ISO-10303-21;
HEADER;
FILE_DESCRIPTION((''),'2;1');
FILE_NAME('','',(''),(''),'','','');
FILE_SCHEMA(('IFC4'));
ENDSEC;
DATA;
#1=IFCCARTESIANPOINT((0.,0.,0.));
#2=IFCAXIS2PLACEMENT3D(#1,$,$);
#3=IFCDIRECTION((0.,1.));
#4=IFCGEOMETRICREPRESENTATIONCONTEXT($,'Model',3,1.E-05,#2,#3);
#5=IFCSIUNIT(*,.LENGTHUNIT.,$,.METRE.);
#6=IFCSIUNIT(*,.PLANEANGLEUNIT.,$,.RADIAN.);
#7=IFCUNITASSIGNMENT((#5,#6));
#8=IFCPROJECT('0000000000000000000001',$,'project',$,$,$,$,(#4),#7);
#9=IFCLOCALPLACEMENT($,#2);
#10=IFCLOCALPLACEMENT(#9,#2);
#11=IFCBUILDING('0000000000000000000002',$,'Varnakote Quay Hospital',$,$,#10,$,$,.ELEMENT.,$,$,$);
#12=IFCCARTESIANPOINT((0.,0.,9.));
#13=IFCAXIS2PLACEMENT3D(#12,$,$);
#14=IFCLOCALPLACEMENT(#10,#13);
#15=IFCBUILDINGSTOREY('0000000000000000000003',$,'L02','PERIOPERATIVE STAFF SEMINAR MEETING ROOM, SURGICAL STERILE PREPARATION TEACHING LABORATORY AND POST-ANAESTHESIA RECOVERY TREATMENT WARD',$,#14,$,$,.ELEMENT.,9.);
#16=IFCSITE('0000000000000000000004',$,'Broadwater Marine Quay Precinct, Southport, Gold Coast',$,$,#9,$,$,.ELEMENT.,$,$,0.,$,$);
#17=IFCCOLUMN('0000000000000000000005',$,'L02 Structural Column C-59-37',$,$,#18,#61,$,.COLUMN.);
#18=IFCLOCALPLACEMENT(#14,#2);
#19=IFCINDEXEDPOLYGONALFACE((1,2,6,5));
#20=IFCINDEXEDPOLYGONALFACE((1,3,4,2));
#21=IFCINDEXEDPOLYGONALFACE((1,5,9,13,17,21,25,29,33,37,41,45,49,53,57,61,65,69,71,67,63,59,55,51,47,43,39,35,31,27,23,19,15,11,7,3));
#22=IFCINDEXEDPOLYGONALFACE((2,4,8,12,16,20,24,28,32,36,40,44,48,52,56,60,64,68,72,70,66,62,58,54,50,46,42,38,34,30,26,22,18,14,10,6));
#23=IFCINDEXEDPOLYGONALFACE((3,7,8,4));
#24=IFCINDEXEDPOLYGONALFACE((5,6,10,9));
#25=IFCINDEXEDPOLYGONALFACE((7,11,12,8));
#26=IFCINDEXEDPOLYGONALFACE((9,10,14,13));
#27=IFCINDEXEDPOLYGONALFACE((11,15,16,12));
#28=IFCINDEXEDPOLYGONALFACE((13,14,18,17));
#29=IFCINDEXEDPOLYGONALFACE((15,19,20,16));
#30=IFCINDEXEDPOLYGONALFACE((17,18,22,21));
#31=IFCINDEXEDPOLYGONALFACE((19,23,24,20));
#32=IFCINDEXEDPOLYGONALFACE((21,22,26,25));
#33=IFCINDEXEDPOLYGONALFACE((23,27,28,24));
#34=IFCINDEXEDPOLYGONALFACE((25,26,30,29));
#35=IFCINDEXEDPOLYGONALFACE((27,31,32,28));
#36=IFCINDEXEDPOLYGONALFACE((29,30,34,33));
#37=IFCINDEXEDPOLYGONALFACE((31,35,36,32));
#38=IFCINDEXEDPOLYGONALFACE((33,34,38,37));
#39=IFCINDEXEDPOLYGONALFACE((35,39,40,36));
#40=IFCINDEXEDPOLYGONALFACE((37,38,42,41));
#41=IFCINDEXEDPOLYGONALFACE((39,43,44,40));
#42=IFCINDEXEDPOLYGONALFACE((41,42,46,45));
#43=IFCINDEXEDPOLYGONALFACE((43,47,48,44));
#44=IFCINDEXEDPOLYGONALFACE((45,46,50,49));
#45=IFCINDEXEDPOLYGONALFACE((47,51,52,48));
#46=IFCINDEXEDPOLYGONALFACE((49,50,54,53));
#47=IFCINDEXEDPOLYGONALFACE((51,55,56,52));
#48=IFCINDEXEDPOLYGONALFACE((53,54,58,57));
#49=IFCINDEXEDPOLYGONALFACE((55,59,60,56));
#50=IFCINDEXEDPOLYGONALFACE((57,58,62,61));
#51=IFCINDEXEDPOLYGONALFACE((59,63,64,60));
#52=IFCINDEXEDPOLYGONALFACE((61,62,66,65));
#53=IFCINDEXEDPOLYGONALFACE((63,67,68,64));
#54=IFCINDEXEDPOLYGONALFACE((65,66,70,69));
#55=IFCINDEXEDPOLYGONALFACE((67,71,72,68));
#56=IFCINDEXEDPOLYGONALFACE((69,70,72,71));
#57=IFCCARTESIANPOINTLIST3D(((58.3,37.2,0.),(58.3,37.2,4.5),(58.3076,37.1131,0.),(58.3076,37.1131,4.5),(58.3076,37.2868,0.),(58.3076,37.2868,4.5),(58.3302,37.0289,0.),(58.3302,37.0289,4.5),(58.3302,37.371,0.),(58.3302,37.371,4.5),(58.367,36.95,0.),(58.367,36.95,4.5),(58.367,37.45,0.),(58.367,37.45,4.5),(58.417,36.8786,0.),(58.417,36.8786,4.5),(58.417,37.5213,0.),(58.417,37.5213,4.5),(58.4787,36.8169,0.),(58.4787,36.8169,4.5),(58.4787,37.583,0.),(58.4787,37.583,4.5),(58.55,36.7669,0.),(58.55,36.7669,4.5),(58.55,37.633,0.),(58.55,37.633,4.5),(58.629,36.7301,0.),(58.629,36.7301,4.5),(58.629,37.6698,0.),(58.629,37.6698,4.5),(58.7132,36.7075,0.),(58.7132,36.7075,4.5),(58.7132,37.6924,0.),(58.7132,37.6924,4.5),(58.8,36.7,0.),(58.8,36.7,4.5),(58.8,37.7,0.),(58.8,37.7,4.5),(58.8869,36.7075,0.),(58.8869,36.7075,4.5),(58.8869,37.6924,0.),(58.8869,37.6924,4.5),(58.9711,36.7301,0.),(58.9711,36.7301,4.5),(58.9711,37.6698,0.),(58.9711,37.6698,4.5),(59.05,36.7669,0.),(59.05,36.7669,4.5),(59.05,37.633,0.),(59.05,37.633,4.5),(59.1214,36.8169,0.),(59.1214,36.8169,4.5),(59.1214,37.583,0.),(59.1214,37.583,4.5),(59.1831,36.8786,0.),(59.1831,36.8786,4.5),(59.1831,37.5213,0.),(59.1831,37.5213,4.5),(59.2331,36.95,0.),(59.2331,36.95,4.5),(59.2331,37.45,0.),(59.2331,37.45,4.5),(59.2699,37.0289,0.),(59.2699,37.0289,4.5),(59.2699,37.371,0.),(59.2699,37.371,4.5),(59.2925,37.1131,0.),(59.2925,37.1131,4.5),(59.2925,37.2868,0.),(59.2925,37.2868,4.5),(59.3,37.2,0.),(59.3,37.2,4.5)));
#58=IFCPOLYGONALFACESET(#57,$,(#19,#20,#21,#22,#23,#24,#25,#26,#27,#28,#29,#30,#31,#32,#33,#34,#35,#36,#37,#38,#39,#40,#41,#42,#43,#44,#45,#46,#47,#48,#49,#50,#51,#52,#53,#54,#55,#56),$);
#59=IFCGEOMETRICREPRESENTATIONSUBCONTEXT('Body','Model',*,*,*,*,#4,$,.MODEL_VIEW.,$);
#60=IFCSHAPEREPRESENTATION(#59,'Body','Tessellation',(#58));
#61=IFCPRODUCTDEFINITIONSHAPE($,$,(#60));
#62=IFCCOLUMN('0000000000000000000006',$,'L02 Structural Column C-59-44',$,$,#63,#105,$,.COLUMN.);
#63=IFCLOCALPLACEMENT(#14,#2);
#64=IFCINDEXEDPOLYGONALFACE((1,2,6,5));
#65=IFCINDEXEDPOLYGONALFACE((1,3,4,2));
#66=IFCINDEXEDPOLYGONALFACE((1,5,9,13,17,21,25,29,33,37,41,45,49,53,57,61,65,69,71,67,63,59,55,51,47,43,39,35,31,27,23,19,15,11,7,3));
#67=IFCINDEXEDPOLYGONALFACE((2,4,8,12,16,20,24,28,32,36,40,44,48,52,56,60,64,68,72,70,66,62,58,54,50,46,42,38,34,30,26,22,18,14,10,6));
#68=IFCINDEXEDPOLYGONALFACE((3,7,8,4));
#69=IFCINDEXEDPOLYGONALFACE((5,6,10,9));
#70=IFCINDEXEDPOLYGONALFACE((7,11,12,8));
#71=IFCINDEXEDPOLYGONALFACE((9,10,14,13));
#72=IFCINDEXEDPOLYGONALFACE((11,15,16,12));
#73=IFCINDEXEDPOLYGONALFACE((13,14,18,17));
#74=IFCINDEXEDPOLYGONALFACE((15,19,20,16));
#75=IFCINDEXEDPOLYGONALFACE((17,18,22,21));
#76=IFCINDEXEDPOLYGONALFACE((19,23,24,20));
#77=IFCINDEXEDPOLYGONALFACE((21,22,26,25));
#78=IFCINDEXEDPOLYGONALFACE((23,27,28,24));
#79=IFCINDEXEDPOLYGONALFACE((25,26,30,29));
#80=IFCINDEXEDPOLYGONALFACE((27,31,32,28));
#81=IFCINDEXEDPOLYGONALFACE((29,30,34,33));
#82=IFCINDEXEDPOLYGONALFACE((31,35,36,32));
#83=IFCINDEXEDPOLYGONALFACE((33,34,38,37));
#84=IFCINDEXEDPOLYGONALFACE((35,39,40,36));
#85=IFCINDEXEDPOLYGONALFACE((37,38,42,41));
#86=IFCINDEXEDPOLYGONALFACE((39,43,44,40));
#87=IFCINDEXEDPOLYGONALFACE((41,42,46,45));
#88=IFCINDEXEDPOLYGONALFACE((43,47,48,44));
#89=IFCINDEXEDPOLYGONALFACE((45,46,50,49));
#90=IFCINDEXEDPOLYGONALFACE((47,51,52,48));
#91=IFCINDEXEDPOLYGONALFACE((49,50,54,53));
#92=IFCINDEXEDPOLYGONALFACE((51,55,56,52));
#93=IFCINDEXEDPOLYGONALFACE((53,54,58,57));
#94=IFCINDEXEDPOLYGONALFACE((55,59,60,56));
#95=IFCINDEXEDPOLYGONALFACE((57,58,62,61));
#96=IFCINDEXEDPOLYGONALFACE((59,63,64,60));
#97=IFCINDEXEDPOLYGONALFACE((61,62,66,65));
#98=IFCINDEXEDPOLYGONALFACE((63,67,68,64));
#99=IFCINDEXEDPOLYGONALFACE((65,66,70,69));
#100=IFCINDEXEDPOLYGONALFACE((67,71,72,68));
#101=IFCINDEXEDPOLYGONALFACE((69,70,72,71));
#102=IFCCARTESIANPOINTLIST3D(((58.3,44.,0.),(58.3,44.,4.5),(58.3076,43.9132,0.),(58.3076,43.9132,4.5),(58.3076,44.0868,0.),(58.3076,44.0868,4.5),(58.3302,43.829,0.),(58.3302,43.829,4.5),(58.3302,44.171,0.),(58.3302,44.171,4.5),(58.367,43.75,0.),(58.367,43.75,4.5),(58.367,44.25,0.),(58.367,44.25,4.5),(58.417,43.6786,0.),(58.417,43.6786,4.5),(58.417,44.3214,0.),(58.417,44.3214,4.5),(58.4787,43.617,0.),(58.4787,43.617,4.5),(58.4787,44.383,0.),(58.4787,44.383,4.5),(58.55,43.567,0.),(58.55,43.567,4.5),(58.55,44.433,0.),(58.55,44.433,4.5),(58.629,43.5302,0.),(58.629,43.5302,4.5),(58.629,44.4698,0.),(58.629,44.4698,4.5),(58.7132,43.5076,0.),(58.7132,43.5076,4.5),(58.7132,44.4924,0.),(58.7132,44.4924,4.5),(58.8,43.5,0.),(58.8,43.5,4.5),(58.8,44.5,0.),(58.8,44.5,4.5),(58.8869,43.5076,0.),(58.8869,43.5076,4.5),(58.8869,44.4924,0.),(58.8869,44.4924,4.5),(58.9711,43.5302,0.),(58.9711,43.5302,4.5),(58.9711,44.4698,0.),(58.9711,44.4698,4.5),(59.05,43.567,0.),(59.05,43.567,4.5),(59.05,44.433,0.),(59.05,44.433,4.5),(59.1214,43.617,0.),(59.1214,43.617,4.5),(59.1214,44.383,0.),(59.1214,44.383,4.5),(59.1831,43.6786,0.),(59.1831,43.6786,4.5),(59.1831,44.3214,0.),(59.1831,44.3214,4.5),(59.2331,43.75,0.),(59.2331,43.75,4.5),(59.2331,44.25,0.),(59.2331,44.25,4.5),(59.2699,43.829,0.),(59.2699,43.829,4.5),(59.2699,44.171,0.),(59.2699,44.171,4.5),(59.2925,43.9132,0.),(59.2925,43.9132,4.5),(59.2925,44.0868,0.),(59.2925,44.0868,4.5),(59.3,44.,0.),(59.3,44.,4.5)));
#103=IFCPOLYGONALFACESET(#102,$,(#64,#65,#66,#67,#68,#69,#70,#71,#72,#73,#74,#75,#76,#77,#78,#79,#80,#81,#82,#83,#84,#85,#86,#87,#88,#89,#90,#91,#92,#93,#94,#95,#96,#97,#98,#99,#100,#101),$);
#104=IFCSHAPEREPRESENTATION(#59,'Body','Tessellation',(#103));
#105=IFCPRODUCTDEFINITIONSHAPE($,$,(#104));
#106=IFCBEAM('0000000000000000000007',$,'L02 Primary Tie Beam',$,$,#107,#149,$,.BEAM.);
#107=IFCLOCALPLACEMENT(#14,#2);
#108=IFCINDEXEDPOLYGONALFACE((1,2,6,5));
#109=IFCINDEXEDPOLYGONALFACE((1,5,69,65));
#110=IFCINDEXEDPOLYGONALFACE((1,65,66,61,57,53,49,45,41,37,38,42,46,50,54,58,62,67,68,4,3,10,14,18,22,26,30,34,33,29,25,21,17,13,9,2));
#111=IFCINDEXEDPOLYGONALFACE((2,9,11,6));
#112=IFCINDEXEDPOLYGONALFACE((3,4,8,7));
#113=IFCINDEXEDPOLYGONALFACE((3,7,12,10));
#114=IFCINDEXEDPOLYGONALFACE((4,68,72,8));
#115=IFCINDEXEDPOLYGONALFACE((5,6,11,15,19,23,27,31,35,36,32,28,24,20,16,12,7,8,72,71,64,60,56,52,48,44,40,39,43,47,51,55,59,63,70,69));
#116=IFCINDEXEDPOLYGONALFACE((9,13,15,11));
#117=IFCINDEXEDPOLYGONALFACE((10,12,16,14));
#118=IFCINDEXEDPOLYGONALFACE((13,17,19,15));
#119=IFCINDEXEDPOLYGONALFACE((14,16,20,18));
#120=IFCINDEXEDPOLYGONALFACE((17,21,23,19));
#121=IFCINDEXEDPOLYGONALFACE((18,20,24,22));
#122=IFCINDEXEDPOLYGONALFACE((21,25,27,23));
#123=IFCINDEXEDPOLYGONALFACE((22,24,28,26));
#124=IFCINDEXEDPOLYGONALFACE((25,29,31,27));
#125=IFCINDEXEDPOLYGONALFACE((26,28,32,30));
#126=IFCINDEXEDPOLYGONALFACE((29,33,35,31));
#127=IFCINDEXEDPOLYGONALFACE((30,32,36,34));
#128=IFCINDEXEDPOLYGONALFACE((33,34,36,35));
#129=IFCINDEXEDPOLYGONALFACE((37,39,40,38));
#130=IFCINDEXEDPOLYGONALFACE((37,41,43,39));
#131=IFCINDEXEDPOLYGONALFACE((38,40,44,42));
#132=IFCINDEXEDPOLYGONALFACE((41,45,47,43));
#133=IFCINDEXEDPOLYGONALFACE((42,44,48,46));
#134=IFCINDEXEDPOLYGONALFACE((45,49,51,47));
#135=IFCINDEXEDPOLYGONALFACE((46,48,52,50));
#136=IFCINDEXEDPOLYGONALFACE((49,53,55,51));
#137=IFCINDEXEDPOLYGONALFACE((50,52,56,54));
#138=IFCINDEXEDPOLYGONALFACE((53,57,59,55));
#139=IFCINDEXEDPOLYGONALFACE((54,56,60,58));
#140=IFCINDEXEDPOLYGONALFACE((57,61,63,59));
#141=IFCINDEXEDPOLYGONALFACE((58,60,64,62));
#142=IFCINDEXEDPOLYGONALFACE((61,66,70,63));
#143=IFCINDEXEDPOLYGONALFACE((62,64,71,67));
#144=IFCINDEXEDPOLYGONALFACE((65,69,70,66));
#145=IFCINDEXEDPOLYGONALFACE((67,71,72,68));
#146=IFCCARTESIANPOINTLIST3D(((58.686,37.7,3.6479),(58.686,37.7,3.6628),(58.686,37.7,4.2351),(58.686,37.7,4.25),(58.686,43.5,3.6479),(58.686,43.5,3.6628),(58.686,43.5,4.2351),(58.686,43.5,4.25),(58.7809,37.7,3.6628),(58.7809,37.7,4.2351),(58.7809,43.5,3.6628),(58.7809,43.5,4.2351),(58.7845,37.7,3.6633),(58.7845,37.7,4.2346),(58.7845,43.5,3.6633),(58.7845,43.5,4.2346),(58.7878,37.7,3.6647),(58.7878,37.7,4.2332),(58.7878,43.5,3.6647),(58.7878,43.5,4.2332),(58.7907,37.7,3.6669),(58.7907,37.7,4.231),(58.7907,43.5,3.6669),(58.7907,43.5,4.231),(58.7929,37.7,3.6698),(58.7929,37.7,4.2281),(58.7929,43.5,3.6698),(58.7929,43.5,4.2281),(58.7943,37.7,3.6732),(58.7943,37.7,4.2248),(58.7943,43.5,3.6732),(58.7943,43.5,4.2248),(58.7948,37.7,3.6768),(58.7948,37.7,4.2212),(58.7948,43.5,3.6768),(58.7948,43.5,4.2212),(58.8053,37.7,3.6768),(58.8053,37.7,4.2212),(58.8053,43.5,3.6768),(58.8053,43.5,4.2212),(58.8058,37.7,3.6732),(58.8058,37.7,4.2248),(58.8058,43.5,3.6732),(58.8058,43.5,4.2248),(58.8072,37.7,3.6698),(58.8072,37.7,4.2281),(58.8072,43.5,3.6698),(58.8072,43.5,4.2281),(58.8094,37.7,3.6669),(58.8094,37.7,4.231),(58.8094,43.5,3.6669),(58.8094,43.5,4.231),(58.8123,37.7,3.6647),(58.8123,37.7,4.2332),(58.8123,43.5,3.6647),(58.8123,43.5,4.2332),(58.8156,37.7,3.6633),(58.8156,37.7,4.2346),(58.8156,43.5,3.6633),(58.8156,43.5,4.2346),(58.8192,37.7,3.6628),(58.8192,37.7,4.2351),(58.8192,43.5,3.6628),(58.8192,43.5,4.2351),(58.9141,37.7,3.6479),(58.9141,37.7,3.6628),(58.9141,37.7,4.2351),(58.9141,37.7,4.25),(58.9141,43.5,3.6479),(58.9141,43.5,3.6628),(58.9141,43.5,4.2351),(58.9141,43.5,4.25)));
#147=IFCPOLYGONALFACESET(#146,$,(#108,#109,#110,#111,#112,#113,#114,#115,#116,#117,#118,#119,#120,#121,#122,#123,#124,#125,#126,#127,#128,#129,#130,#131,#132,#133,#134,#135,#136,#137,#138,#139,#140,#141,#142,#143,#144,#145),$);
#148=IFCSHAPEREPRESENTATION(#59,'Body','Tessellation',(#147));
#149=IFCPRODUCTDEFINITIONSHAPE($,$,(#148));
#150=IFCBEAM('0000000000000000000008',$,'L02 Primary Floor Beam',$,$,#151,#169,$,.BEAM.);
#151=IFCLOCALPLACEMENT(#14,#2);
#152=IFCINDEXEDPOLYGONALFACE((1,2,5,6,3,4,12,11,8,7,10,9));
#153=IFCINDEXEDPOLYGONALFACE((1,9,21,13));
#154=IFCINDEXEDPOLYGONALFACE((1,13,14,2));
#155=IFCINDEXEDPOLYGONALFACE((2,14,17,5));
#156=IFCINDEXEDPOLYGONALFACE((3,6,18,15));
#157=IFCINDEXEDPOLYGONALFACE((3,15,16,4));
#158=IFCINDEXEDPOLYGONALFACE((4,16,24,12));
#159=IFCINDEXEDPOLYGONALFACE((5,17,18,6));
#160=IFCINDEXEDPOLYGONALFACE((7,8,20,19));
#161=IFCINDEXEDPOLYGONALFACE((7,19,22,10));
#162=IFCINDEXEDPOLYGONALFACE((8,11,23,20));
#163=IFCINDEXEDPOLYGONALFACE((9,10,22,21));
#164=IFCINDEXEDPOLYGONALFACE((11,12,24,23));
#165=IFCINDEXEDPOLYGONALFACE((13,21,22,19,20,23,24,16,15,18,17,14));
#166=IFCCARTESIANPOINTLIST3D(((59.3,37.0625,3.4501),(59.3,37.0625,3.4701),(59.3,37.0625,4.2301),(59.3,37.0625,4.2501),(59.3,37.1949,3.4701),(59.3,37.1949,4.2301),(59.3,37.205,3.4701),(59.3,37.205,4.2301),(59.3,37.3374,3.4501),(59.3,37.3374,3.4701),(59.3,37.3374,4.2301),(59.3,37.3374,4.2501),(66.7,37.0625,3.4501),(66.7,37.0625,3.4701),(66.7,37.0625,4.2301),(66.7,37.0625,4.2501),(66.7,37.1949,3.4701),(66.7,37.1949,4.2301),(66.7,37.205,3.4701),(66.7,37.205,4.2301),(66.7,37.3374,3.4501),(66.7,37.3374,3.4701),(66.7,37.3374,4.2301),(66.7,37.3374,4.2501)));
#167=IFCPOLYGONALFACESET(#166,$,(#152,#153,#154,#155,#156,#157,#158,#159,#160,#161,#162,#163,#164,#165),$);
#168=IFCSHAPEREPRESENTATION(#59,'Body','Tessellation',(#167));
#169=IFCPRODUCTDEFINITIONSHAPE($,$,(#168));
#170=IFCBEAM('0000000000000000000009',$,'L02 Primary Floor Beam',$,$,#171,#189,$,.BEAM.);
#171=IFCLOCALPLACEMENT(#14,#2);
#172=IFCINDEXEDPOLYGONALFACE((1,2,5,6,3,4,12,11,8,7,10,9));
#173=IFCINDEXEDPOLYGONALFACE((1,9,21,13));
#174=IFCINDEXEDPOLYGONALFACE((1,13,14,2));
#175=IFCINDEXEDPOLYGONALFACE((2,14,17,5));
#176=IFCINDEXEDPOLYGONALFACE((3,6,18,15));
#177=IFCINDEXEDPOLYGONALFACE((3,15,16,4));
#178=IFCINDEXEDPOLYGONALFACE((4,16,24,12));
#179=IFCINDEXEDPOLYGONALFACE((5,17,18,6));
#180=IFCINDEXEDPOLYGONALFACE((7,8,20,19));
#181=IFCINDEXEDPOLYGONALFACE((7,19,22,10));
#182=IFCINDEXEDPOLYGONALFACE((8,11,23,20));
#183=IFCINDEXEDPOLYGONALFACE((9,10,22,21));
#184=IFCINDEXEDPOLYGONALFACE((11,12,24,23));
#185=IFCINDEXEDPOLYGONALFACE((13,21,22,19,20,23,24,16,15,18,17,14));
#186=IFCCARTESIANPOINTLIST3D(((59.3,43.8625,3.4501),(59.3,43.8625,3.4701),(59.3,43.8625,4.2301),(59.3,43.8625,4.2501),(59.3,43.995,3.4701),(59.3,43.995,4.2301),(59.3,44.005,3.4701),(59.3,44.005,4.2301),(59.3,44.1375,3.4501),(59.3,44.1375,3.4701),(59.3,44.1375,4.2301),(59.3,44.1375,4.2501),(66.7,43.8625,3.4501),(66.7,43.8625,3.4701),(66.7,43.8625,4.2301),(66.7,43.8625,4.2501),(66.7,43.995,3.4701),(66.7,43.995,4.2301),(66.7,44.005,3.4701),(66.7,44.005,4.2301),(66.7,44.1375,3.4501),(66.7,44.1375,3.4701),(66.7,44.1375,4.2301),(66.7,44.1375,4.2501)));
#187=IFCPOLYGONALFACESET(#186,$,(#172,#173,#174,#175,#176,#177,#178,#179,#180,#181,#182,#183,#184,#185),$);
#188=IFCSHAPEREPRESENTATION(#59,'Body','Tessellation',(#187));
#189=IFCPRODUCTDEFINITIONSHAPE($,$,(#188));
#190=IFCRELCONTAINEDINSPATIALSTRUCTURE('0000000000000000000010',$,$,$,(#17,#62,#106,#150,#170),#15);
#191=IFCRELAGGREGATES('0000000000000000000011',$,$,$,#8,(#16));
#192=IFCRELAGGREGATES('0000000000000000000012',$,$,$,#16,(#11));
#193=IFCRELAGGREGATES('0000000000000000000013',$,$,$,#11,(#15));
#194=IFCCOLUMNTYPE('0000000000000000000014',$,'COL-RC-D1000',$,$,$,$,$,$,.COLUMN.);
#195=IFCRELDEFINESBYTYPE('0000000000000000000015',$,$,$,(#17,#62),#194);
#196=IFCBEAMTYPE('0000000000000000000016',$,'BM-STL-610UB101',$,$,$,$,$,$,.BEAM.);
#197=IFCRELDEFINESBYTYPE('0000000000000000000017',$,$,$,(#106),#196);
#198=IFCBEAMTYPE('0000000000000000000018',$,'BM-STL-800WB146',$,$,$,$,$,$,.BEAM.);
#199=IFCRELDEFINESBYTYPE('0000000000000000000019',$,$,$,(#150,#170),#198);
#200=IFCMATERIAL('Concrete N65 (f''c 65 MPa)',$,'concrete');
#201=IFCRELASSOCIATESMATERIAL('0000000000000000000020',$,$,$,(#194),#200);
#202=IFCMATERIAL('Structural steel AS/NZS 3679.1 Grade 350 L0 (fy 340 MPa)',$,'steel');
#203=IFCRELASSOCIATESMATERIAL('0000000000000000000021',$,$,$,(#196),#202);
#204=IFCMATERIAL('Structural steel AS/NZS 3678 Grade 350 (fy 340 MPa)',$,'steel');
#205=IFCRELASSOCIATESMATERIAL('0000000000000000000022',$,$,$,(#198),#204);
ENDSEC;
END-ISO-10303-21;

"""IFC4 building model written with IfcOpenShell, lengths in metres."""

from ifc_helpers import new_model, si_unit, direction, frame, origin, origin_2d, place, context, subcontext, project, spatial, circle, i_section, extrude, material, material_profile, profile_set, type_object, element, save


model = new_model("IFC4")

# Units and contexts
model_context = context("Model", 3, precision=1e-05, world=origin(), true_north=direction((0.0, 1.0)))
body_context = subcontext(model_context, "Body", "Model", "MODEL_VIEW")
ifc_project = project(units=[si_unit("LENGTHUNIT", "METRE"), si_unit("PLANEANGLEUNIT", "RADIAN")], contexts=[model_context])

# Site, building, storey
site_placement = place(None, origin())
site = spatial("IfcSite", under=ifc_project, at=site_placement, Name="Broadwater Marine Quay Precinct, Southport, Gold Coast", CompositionType="ELEMENT", RefElevation=0.0)
building_placement = place(site_placement, origin())
building = spatial("IfcBuilding", under=site, at=building_placement, Name="Varnakote Quay Hospital", CompositionType="ELEMENT")
storey_placement = place(building_placement, frame((0.0, 0.0, 9.0)))
storey = spatial("IfcBuildingStorey", under=building, at=storey_placement, Name="L02", Description="PERIOPERATIVE STAFF SEMINAR MEETING ROOM, SURGICAL STERILE PREPARATION TEACHING LABORATORY AND POST-ANAESTHESIA RECOVERY TREATMENT WARD", CompositionType="ELEMENT", Elevation=9.0)

# Columns
ifc_material_1 = material(Name="Concrete N65 (f'c 65 MPa)", Category="concrete")
ifc_material_profile_1 = material_profile(ifc_material_1, circle(Radius=0.5, at=origin_2d()), Name="RC-COL-D1000")
ifc_profile_set_1 = profile_set([ifc_material_profile_1], Name="Concrete N65 (f'c 65 MPa)")
column_type = type_object("IfcColumnType", Name="COL-RC-D1000", PredefinedType="COLUMN", material=ifc_profile_set_1)
for number, where, z_axis, x_axis, name in (
    (1, (58.8, 37.2, 0.0), (0.0, 0.0, 1.0), (1.0, 0.0, 0.0), "L02 Structural Column C-59-37"),
    (2, (58.8, 44.0, 0.0), (0.0, 0.0, 1.0), (1.0, 0.0, 0.0), "L02 Structural Column C-59-44"),
):
    element("IfcColumn", number, at=place(storey_placement, frame(where, z_axis=z_axis, x_axis=x_axis)), inside=storey, type_object=column_type, Name=name, PredefinedType="COLUMN", context=body_context, shape_type="SweptSolid", body=[
        extrude(circle(Radius=0.5, at=origin_2d()), origin(), (0.0, 0.0, 1.0), 4.5),
    ])

# Beams
ifc_material_2 = material(Name="Structural steel AS/NZS 3679.1 Grade 350 L0 (fy 340 MPa)", Category="steel")
ifc_material_profile_2 = material_profile(ifc_material_2, i_section(OverallWidth=0.228, OverallDepth=0.6021, WebThickness=0.0105, FlangeThickness=0.0149, FilletRadius=0.0139, at=origin_2d()), Name="610UB101")
ifc_profile_set_2 = profile_set([ifc_material_profile_2], Name="Structural steel AS/NZS 3679.1 Grade 350 L0 (fy 340 MPa)")
beam_type_1 = type_object("IfcBeamType", Name="BM-STL-610UB101", PredefinedType="BEAM", material=ifc_profile_set_2)
beam_placement = place(storey_placement, frame((58.8, 37.7, 3.949), z_axis=(0.0, 1.0, 0.0), x_axis=(-1.0, 0.0, 0.0)))
element("IfcBeam", 3, at=beam_placement, inside=storey, type_object=beam_type_1, Name="L02 Primary Tie Beam", PredefinedType="BEAM", context=body_context, shape_type="SweptSolid", body=[
    extrude(i_section(OverallWidth=0.228, OverallDepth=0.6021, WebThickness=0.0105, FlangeThickness=0.0149, FilletRadius=0.0139, at=origin_2d()), origin(), (0.0, 0.0, 1.0), 5.8),
])
ifc_material_3 = material(Name="Structural steel AS/NZS 3678 Grade 350 (fy 340 MPa)", Category="steel")
ifc_material_profile_3 = material_profile(ifc_material_3, i_section(OverallWidth=0.2749, OverallDepth=0.8, WebThickness=0.01, FlangeThickness=0.02, at=origin_2d()), Name="800WB146")
ifc_profile_set_3 = profile_set([ifc_material_profile_3], Name="Structural steel AS/NZS 3678 Grade 350 (fy 340 MPa)")
beam_type_2 = type_object("IfcBeamType", Name="BM-STL-800WB146", PredefinedType="BEAM", material=ifc_profile_set_3)
for number, where, z_axis, x_axis, name in (
    (4, (59.3, 37.2, 3.8501), (1.0, 0.0, 0.0), (0.0, 1.0, 0.0), "L02 Primary Floor Beam"),
    (5, (59.3, 44.0, 3.8501), (1.0, 0.0, 0.0), (0.0, 1.0, 0.0), "L02 Primary Floor Beam"),
):
    element("IfcBeam", number, at=place(storey_placement, frame(where, z_axis=z_axis, x_axis=x_axis)), inside=storey, type_object=beam_type_2, Name=name, PredefinedType="BEAM", context=body_context, shape_type="SweptSolid", body=[
        extrude(i_section(OverallWidth=0.2749, OverallDepth=0.8, WebThickness=0.01, FlangeThickness=0.02, at=origin_2d()), origin(), (0.0, 0.0, 1.0), 7.3999),
    ])

save(model, "model.ifc")
